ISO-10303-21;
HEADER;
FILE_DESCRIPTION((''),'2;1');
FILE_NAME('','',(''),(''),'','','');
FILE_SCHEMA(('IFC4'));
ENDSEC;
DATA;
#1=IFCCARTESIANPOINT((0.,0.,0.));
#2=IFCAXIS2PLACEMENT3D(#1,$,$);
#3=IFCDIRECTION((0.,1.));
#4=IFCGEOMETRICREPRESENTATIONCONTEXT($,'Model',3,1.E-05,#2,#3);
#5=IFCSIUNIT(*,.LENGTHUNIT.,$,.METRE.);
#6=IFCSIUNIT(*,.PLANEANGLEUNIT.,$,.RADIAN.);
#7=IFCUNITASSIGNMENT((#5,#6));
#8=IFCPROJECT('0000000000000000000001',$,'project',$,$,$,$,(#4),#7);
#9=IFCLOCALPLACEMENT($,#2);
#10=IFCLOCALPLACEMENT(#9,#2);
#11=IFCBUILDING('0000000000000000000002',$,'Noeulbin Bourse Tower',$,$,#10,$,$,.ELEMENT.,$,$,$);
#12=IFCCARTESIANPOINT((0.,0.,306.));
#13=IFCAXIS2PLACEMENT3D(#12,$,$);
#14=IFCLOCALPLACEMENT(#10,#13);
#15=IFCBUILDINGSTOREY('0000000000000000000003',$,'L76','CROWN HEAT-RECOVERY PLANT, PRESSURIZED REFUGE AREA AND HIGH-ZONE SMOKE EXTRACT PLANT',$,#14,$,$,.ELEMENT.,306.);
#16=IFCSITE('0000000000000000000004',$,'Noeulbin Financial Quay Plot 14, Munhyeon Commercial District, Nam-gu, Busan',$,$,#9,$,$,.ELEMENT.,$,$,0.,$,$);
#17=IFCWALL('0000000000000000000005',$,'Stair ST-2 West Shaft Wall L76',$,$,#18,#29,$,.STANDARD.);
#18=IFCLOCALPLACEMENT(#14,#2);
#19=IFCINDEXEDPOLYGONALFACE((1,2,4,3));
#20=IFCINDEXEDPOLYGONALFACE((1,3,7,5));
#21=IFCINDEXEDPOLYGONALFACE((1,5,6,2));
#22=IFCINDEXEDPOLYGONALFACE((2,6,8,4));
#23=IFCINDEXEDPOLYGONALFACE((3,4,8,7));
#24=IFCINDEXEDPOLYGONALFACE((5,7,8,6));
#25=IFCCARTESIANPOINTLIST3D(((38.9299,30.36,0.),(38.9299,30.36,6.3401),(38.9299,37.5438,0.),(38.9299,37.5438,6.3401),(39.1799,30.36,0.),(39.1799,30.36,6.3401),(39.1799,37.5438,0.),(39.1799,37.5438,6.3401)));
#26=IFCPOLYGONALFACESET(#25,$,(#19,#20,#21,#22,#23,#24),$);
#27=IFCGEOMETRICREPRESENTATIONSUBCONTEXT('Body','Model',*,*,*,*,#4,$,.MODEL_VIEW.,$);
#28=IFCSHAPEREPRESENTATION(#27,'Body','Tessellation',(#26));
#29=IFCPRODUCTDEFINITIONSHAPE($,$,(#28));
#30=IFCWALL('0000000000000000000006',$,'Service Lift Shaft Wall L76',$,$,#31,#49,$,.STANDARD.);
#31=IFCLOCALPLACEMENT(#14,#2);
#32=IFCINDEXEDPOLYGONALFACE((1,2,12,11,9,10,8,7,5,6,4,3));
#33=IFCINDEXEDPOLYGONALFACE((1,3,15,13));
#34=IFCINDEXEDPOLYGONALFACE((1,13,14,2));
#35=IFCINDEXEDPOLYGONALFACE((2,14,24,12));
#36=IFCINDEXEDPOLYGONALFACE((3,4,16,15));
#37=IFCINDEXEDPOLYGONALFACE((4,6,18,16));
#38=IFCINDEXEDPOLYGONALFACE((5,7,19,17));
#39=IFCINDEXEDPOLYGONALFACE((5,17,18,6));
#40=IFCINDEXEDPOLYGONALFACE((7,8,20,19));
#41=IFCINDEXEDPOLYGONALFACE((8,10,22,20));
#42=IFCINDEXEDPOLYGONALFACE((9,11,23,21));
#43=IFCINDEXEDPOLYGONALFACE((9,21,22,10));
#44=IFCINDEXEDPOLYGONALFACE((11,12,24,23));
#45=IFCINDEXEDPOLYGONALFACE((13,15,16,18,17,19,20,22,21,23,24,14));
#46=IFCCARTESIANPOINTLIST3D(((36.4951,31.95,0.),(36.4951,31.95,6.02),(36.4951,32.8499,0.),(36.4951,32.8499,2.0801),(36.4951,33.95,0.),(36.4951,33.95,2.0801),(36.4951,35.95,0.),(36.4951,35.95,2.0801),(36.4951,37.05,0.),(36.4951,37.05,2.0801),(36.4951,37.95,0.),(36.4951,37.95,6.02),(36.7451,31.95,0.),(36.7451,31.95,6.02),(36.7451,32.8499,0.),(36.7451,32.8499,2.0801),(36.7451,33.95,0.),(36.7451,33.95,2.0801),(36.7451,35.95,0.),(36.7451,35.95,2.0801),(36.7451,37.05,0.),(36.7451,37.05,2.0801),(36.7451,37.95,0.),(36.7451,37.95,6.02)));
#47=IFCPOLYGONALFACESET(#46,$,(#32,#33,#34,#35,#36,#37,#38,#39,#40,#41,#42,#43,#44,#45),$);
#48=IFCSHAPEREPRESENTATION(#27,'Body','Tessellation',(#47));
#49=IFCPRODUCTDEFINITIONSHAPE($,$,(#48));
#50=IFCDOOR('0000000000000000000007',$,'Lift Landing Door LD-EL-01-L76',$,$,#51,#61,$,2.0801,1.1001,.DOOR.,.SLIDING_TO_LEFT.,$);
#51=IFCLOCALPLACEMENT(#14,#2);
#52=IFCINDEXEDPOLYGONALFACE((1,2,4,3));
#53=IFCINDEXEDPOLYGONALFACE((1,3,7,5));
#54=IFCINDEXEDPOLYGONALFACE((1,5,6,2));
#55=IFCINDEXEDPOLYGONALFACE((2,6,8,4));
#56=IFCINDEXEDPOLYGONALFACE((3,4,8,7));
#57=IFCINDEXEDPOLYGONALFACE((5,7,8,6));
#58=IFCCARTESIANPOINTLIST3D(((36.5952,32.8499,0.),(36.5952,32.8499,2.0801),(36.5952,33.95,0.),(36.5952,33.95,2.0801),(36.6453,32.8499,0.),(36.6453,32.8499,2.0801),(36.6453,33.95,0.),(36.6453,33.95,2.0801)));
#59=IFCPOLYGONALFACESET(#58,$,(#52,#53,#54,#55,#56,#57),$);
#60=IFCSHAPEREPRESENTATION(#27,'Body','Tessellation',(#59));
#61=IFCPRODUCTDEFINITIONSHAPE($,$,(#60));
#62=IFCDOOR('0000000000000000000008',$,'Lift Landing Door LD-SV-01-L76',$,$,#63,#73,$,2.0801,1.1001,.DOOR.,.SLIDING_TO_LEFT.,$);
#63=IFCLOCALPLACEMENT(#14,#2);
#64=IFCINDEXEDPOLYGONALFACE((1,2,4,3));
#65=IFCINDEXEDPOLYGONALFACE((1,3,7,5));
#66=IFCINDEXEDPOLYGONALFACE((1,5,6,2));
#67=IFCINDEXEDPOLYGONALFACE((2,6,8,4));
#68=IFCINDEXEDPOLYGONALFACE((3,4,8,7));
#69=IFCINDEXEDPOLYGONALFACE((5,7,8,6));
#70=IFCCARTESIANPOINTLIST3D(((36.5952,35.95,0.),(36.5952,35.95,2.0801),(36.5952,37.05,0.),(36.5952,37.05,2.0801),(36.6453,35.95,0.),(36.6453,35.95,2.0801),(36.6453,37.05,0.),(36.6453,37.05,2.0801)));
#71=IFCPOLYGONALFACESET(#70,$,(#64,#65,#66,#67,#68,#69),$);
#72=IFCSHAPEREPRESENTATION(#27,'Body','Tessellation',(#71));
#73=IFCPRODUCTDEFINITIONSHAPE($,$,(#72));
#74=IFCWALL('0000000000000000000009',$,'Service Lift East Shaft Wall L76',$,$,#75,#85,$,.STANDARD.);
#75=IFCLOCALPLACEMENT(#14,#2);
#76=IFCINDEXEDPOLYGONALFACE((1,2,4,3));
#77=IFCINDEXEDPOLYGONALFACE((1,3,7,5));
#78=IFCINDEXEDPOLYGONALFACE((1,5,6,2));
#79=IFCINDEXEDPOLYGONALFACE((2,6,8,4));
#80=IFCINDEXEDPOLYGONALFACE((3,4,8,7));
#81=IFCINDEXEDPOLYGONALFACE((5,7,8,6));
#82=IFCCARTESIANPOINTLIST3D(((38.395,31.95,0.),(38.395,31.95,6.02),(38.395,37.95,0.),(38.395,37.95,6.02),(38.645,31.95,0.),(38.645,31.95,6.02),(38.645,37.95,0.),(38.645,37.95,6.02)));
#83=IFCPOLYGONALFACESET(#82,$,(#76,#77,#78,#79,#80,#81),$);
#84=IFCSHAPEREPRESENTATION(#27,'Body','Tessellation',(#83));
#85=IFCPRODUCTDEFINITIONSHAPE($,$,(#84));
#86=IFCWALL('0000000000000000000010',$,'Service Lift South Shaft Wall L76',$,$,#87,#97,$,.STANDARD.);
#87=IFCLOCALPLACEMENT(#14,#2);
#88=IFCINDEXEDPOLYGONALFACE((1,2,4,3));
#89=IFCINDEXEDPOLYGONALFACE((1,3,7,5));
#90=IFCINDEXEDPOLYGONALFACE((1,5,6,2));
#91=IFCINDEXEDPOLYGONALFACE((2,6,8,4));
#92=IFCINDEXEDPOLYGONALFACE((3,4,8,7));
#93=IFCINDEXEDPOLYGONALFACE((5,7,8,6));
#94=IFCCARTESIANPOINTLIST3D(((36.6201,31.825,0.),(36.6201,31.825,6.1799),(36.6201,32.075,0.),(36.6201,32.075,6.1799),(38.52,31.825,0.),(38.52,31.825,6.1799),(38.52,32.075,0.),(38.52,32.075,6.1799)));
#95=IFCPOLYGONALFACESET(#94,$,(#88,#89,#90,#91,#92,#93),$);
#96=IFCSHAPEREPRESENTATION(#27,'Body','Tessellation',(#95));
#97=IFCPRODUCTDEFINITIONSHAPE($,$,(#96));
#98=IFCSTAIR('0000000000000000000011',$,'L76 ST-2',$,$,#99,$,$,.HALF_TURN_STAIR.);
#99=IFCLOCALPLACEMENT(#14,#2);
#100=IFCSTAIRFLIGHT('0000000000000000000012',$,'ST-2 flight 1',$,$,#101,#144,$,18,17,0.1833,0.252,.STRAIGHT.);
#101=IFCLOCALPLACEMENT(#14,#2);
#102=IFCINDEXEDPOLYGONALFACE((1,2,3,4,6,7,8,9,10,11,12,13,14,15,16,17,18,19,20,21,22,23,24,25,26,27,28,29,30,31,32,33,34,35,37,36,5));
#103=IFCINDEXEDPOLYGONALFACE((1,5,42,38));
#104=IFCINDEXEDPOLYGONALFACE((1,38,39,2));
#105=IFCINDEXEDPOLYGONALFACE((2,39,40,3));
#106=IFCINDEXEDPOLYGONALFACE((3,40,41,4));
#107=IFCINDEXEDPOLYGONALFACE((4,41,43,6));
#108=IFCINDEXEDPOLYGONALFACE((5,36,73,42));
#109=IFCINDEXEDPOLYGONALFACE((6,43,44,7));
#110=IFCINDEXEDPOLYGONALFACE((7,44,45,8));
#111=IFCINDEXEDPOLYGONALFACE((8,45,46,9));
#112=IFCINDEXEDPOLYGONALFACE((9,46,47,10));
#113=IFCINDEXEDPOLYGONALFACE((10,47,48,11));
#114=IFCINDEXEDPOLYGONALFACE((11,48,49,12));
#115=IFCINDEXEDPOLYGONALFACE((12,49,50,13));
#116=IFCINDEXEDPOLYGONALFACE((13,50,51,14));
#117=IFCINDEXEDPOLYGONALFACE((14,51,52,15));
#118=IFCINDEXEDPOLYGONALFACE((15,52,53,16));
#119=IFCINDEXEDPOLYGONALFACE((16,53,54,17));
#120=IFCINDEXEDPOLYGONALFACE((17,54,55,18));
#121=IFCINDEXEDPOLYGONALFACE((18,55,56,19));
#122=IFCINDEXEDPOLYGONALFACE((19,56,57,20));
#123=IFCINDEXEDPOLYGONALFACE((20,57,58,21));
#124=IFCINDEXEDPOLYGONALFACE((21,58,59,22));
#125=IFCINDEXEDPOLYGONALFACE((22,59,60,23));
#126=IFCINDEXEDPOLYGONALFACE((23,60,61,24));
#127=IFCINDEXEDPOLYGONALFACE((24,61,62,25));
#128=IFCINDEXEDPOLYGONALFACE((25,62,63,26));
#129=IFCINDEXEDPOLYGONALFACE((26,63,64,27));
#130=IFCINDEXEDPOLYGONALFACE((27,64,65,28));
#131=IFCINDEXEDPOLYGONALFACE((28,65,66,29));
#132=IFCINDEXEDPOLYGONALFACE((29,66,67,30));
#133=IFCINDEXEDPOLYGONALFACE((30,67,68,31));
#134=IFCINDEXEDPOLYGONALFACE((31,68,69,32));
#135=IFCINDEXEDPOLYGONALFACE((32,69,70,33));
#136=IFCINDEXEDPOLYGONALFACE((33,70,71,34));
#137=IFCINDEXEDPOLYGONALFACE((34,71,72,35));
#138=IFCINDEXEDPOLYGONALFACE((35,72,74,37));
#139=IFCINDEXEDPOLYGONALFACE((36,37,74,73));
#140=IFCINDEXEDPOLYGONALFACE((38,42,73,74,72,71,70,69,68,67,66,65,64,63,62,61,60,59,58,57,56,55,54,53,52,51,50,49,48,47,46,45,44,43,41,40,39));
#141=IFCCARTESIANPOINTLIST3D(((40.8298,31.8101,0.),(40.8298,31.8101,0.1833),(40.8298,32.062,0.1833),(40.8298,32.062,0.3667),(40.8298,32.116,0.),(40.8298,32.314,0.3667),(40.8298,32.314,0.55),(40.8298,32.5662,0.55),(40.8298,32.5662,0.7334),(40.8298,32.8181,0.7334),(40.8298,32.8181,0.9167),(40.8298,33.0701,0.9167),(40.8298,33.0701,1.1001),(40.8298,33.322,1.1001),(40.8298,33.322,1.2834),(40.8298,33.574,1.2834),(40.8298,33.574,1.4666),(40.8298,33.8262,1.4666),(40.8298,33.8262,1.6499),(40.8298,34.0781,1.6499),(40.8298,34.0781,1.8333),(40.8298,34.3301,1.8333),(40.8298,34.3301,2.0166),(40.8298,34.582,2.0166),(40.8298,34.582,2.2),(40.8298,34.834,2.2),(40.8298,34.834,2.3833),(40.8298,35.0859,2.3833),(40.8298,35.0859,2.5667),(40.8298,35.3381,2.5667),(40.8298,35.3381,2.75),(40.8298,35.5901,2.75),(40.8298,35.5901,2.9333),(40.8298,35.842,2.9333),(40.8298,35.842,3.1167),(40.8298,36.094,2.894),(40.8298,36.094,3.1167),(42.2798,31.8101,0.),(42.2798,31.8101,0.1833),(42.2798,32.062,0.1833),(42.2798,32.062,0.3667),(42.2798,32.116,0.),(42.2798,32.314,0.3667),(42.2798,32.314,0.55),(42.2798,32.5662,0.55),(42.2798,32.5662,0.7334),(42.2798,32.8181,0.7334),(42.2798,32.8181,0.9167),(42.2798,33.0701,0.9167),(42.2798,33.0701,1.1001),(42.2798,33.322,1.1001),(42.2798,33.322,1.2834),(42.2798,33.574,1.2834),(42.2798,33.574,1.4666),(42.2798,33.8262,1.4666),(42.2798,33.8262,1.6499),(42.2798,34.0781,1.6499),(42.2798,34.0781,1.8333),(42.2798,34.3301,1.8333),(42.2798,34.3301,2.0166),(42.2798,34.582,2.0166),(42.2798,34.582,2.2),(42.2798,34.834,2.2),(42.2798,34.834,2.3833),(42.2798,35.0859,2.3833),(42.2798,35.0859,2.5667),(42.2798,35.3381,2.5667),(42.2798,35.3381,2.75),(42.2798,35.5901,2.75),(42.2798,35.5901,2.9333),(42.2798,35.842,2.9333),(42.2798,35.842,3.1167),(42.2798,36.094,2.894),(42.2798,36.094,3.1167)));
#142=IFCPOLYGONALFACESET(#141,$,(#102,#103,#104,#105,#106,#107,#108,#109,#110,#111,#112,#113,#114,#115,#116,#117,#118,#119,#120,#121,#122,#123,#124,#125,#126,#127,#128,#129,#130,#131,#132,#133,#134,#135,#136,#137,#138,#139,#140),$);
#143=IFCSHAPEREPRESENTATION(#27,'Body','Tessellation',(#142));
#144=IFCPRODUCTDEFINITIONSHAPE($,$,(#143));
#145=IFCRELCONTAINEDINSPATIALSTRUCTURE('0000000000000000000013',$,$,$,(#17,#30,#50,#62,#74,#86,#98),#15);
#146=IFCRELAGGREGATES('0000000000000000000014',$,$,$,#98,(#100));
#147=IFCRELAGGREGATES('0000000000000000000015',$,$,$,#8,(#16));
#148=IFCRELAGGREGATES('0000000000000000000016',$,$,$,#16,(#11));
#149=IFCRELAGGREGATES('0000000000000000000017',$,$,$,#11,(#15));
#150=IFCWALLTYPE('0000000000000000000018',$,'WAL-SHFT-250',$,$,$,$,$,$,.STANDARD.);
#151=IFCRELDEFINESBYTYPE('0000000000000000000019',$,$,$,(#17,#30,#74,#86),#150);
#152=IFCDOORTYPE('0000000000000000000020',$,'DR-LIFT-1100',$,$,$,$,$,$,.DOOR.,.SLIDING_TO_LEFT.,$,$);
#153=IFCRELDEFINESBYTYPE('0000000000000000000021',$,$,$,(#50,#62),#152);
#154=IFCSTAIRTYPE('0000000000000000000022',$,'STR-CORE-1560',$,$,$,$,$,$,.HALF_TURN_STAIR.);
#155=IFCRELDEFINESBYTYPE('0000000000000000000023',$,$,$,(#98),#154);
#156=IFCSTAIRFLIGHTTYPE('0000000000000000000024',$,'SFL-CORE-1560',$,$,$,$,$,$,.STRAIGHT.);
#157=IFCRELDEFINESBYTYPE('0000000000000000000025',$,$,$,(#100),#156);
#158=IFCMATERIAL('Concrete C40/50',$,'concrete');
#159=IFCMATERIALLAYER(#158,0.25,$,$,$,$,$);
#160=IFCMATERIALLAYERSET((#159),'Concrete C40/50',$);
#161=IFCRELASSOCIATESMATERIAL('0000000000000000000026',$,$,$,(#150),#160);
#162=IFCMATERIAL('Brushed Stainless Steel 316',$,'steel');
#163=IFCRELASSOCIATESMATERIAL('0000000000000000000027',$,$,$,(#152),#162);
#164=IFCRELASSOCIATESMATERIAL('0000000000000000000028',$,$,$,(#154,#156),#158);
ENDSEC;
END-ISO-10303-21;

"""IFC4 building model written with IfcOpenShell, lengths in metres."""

from ifc_helpers import new_model, si_unit, direction, frame, frame_2d, origin, place, context, subcontext, project, spatial, polyline, rectangle, outline, extrude, material, layer, layer_set, type_object, element, fill, aggregate, save


model = new_model("IFC4")

# Units and contexts
model_context = context("Model", 3, precision=1e-05, world=origin(), true_north=direction((0.0, 1.0)))
body_context = subcontext(model_context, "Body", "Model", "MODEL_VIEW")
ifc_project = project(units=[si_unit("LENGTHUNIT", "METRE"), si_unit("PLANEANGLEUNIT", "RADIAN")], contexts=[model_context])

# Site, building, storey
site_placement = place(None, origin())
site = spatial("IfcSite", under=ifc_project, at=site_placement, Name="Noeulbin Financial Quay Plot 14, Munhyeon Commercial District, Nam-gu, Busan", CompositionType="ELEMENT", RefElevation=0.0)
building_placement = place(site_placement, origin())
building = spatial("IfcBuilding", under=site, at=building_placement, Name="Noeulbin Bourse Tower", CompositionType="ELEMENT")
storey_placement = place(building_placement, frame((0.0, 0.0, 306.0)))
storey = spatial("IfcBuildingStorey", under=building, at=storey_placement, Name="L76", Description="CROWN HEAT-RECOVERY PLANT, PRESSURIZED REFUGE AREA AND HIGH-ZONE SMOKE EXTRACT PLANT", CompositionType="ELEMENT", Elevation=306.0)

# Shared definitions
ifc_material_1 = material(Name="Concrete C40/50", Category="concrete")

# Shared definitions
ifc_layer_1 = layer(ifc_material_1, 0.25)
ifc_layer_set_1 = layer_set([ifc_layer_1], Name="Concrete C40/50")
wall_type_1 = type_object("IfcWallType", Name="WAL-SHFT-250", PredefinedType="STANDARD", material=ifc_layer_set_1)

# Wall
wall_1_placement = place(storey_placement, frame((39.0549, 30.3601, 0.0), z_axis=(0.0, 0.0, 1.0), x_axis=(0.0, 1.0, 0.0)))
element("IfcWall", 1, at=wall_1_placement, inside=storey, type_object=wall_type_1, Name="Stair ST-2 West Shaft Wall L76", PredefinedType="STANDARD", context=body_context, shape_type="SweptSolid", body=[
    extrude(rectangle(XDim=7.1838, YDim=0.25, at=frame_2d((3.5918, 0.0))), origin(), (0.0, 0.0, 1.0), 6.3401),
])

# Wall, openings, doors
wall_2_placement = place(storey_placement, frame((36.6201, 31.95, 0.0), z_axis=(0.0, 0.0, 1.0), x_axis=(0.0, 1.0, 0.0)))
wall_2 = element("IfcWall", 2, at=wall_2_placement, inside=storey, type_object=wall_type_1, Name="Service Lift Shaft Wall L76", PredefinedType="STANDARD", context=body_context, shape_type="SweptSolid", body=[
    extrude(rectangle(XDim=6.0, YDim=0.25, at=frame_2d((3.0, 0.0))), origin(), (0.0, 0.0, 1.0), 6.02),
])
opening_1_placement = place(wall_2_placement, frame((0.8999, 0.0, 0.0)))
opening_1 = element("IfcOpeningElement", 3, at=opening_1_placement, cuts=wall_2, PredefinedType="OPENING", context=body_context, shape_type="SweptSolid", body=[
    extrude(rectangle(XDim=1.1001, YDim=2.0801, at=frame_2d((0.55, 1.04))), frame((0.0, 0.135, 0.0), z_axis=(0.0, -1.0, 0.0), x_axis=(1.0, 0.0, 0.0)), (0.0, 0.0, 1.0), 0.27),
])
opening_2_placement = place(wall_2_placement, frame((4.0, 0.0, 0.0)))
opening_2 = element("IfcOpeningElement", 4, at=opening_2_placement, cuts=wall_2, PredefinedType="OPENING", context=body_context, shape_type="SweptSolid", body=[
    extrude(rectangle(XDim=1.1001, YDim=2.0801, at=frame_2d((0.55, 1.04))), frame((0.0, 0.135, 0.0), z_axis=(0.0, -1.0, 0.0), x_axis=(1.0, 0.0, 0.0)), (0.0, 0.0, 1.0), 0.27),
])
ifc_material_2 = material(Name="Brushed Stainless Steel 316", Category="steel")
door_type_1 = type_object("IfcDoorType", Name="DR-LIFT-1100", OperationType="SLIDING_TO_LEFT", PredefinedType="DOOR", material=ifc_material_2)
door_1_placement = place(opening_1_placement, origin())
door_1 = element("IfcDoor", 5, at=door_1_placement, inside=storey, type_object=door_type_1, Name="Lift Landing Door LD-EL-01-L76", OperationType="SLIDING_TO_LEFT", OverallHeight=2.0801, OverallWidth=1.1001, PredefinedType="DOOR", context=body_context, shape_type="SweptSolid", body=[
    extrude(rectangle(XDim=1.1001, YDim=2.0801, at=frame_2d((0.55, 1.04))), frame((0.0, 0.0249, 0.0), z_axis=(0.0, -1.0, 0.0), x_axis=(1.0, 0.0, 0.0)), (0.0, 0.0, 1.0), 0.05),
])
fill(opening_1, door_1)
door_2_placement = place(opening_2_placement, origin())
door_2 = element("IfcDoor", 6, at=door_2_placement, inside=storey, type_object=door_type_1, Name="Lift Landing Door LD-SV-01-L76", OperationType="SLIDING_TO_LEFT", OverallHeight=2.0801, OverallWidth=1.1001, PredefinedType="DOOR", context=body_context, shape_type="SweptSolid", body=[
    extrude(rectangle(XDim=1.1001, YDim=2.0801, at=frame_2d((0.55, 1.04))), frame((0.0, 0.0249, 0.0), z_axis=(0.0, -1.0, 0.0), x_axis=(1.0, 0.0, 0.0)), (0.0, 0.0, 1.0), 0.05),
])
fill(opening_2, door_2)

# Walls
wall_3_placement = place(storey_placement, frame((38.52, 31.95, 0.0), z_axis=(0.0, 0.0, 1.0), x_axis=(0.0, 1.0, 0.0)))
element("IfcWall", 7, at=wall_3_placement, inside=storey, type_object=wall_type_1, Name="Service Lift East Shaft Wall L76", PredefinedType="STANDARD", context=body_context, shape_type="SweptSolid", body=[
    extrude(rectangle(XDim=6.0, YDim=0.25, at=frame_2d((3.0, 0.0))), origin(), (0.0, 0.0, 1.0), 6.02),
])
wall_4_placement = place(storey_placement, frame((36.6201, 31.95, 0.0), z_axis=(0.0, 0.0, 1.0), x_axis=(1.0, 0.0, 0.0)))
element("IfcWall", 8, at=wall_4_placement, inside=storey, type_object=wall_type_1, Name="Service Lift South Shaft Wall L76", PredefinedType="STANDARD", context=body_context, shape_type="SweptSolid", body=[
    extrude(rectangle(XDim=1.8999, YDim=0.25, at=frame_2d((0.95, 0.0))), origin(), (0.0, 0.0, 1.0), 6.1799),
])

# Stair, stair flight
stair_type = type_object("IfcStairType", Name="STR-CORE-1560", PredefinedType="HALF_TURN_STAIR", material=ifc_material_1)
stair_placement = place(storey_placement, origin())
stair = element("IfcStair", 9, at=stair_placement, inside=storey, type_object=stair_type, Name="L76 ST-2", PredefinedType="HALF_TURN_STAIR")
stair_flight_type = type_object("IfcStairFlightType", Name="SFL-CORE-1560", PredefinedType="STRAIGHT", material=ifc_material_1)
stair_flight_placement = place(storey_placement, frame((41.5549, 31.8101, 0.0), z_axis=(0.0, 0.0, 1.0), x_axis=(0.0, 1.0, 0.0)))
stair_flight = element("IfcStairFlight", 10, at=stair_flight_placement, type_object=stair_flight_type, Name="ST-2 flight 1", NumberOfRisers=18, NumberOfTreads=17, PredefinedType="STRAIGHT", RiserHeight=0.1833, TreadLength=0.252, context=body_context, shape_type="SweptSolid", body=[
    extrude(outline(polyline([(0.0, 0.0), (0.0, 0.1833), (0.252, 0.1833), (0.252, 0.3667), (0.5039, 0.3667), (0.5039, 0.55), (0.7561, 0.55), (0.7561, 0.7334), (1.0081, 0.7334), (1.0081, 0.9167), (1.26, 0.9167), (1.26, 1.1001), (1.512, 1.1001), (1.512, 1.2834), (1.7639, 1.2834), (1.7639, 1.4666), (2.0161, 1.4666), (2.0161, 1.6499), (2.2681, 1.6499), (2.2681, 1.8333), (2.52, 1.8333), (2.52, 2.0166), (2.772, 2.0166), (2.772, 2.2), (3.0239, 2.2), (3.0239, 2.3833), (3.2759, 2.3833), (3.2759, 2.5667), (3.5281, 2.5667), (3.5281, 2.75), (3.78, 2.75), (3.78, 2.9333), (4.032, 2.9333), (4.032, 3.1167), (4.2839, 3.1167), (4.2839, 3.3), (4.2839, 2.894), (0.3059, 0.0), (0.0, 0.0)])), frame((0.0, 0.7251, 0.0), z_axis=(0.0, -1.0, 0.0), x_axis=(1.0, 0.0, 0.0)), (0.0, 0.0, 1.0), 1.45),
])
aggregate(stair, [stair_flight])

save(model, "model.ifc")
